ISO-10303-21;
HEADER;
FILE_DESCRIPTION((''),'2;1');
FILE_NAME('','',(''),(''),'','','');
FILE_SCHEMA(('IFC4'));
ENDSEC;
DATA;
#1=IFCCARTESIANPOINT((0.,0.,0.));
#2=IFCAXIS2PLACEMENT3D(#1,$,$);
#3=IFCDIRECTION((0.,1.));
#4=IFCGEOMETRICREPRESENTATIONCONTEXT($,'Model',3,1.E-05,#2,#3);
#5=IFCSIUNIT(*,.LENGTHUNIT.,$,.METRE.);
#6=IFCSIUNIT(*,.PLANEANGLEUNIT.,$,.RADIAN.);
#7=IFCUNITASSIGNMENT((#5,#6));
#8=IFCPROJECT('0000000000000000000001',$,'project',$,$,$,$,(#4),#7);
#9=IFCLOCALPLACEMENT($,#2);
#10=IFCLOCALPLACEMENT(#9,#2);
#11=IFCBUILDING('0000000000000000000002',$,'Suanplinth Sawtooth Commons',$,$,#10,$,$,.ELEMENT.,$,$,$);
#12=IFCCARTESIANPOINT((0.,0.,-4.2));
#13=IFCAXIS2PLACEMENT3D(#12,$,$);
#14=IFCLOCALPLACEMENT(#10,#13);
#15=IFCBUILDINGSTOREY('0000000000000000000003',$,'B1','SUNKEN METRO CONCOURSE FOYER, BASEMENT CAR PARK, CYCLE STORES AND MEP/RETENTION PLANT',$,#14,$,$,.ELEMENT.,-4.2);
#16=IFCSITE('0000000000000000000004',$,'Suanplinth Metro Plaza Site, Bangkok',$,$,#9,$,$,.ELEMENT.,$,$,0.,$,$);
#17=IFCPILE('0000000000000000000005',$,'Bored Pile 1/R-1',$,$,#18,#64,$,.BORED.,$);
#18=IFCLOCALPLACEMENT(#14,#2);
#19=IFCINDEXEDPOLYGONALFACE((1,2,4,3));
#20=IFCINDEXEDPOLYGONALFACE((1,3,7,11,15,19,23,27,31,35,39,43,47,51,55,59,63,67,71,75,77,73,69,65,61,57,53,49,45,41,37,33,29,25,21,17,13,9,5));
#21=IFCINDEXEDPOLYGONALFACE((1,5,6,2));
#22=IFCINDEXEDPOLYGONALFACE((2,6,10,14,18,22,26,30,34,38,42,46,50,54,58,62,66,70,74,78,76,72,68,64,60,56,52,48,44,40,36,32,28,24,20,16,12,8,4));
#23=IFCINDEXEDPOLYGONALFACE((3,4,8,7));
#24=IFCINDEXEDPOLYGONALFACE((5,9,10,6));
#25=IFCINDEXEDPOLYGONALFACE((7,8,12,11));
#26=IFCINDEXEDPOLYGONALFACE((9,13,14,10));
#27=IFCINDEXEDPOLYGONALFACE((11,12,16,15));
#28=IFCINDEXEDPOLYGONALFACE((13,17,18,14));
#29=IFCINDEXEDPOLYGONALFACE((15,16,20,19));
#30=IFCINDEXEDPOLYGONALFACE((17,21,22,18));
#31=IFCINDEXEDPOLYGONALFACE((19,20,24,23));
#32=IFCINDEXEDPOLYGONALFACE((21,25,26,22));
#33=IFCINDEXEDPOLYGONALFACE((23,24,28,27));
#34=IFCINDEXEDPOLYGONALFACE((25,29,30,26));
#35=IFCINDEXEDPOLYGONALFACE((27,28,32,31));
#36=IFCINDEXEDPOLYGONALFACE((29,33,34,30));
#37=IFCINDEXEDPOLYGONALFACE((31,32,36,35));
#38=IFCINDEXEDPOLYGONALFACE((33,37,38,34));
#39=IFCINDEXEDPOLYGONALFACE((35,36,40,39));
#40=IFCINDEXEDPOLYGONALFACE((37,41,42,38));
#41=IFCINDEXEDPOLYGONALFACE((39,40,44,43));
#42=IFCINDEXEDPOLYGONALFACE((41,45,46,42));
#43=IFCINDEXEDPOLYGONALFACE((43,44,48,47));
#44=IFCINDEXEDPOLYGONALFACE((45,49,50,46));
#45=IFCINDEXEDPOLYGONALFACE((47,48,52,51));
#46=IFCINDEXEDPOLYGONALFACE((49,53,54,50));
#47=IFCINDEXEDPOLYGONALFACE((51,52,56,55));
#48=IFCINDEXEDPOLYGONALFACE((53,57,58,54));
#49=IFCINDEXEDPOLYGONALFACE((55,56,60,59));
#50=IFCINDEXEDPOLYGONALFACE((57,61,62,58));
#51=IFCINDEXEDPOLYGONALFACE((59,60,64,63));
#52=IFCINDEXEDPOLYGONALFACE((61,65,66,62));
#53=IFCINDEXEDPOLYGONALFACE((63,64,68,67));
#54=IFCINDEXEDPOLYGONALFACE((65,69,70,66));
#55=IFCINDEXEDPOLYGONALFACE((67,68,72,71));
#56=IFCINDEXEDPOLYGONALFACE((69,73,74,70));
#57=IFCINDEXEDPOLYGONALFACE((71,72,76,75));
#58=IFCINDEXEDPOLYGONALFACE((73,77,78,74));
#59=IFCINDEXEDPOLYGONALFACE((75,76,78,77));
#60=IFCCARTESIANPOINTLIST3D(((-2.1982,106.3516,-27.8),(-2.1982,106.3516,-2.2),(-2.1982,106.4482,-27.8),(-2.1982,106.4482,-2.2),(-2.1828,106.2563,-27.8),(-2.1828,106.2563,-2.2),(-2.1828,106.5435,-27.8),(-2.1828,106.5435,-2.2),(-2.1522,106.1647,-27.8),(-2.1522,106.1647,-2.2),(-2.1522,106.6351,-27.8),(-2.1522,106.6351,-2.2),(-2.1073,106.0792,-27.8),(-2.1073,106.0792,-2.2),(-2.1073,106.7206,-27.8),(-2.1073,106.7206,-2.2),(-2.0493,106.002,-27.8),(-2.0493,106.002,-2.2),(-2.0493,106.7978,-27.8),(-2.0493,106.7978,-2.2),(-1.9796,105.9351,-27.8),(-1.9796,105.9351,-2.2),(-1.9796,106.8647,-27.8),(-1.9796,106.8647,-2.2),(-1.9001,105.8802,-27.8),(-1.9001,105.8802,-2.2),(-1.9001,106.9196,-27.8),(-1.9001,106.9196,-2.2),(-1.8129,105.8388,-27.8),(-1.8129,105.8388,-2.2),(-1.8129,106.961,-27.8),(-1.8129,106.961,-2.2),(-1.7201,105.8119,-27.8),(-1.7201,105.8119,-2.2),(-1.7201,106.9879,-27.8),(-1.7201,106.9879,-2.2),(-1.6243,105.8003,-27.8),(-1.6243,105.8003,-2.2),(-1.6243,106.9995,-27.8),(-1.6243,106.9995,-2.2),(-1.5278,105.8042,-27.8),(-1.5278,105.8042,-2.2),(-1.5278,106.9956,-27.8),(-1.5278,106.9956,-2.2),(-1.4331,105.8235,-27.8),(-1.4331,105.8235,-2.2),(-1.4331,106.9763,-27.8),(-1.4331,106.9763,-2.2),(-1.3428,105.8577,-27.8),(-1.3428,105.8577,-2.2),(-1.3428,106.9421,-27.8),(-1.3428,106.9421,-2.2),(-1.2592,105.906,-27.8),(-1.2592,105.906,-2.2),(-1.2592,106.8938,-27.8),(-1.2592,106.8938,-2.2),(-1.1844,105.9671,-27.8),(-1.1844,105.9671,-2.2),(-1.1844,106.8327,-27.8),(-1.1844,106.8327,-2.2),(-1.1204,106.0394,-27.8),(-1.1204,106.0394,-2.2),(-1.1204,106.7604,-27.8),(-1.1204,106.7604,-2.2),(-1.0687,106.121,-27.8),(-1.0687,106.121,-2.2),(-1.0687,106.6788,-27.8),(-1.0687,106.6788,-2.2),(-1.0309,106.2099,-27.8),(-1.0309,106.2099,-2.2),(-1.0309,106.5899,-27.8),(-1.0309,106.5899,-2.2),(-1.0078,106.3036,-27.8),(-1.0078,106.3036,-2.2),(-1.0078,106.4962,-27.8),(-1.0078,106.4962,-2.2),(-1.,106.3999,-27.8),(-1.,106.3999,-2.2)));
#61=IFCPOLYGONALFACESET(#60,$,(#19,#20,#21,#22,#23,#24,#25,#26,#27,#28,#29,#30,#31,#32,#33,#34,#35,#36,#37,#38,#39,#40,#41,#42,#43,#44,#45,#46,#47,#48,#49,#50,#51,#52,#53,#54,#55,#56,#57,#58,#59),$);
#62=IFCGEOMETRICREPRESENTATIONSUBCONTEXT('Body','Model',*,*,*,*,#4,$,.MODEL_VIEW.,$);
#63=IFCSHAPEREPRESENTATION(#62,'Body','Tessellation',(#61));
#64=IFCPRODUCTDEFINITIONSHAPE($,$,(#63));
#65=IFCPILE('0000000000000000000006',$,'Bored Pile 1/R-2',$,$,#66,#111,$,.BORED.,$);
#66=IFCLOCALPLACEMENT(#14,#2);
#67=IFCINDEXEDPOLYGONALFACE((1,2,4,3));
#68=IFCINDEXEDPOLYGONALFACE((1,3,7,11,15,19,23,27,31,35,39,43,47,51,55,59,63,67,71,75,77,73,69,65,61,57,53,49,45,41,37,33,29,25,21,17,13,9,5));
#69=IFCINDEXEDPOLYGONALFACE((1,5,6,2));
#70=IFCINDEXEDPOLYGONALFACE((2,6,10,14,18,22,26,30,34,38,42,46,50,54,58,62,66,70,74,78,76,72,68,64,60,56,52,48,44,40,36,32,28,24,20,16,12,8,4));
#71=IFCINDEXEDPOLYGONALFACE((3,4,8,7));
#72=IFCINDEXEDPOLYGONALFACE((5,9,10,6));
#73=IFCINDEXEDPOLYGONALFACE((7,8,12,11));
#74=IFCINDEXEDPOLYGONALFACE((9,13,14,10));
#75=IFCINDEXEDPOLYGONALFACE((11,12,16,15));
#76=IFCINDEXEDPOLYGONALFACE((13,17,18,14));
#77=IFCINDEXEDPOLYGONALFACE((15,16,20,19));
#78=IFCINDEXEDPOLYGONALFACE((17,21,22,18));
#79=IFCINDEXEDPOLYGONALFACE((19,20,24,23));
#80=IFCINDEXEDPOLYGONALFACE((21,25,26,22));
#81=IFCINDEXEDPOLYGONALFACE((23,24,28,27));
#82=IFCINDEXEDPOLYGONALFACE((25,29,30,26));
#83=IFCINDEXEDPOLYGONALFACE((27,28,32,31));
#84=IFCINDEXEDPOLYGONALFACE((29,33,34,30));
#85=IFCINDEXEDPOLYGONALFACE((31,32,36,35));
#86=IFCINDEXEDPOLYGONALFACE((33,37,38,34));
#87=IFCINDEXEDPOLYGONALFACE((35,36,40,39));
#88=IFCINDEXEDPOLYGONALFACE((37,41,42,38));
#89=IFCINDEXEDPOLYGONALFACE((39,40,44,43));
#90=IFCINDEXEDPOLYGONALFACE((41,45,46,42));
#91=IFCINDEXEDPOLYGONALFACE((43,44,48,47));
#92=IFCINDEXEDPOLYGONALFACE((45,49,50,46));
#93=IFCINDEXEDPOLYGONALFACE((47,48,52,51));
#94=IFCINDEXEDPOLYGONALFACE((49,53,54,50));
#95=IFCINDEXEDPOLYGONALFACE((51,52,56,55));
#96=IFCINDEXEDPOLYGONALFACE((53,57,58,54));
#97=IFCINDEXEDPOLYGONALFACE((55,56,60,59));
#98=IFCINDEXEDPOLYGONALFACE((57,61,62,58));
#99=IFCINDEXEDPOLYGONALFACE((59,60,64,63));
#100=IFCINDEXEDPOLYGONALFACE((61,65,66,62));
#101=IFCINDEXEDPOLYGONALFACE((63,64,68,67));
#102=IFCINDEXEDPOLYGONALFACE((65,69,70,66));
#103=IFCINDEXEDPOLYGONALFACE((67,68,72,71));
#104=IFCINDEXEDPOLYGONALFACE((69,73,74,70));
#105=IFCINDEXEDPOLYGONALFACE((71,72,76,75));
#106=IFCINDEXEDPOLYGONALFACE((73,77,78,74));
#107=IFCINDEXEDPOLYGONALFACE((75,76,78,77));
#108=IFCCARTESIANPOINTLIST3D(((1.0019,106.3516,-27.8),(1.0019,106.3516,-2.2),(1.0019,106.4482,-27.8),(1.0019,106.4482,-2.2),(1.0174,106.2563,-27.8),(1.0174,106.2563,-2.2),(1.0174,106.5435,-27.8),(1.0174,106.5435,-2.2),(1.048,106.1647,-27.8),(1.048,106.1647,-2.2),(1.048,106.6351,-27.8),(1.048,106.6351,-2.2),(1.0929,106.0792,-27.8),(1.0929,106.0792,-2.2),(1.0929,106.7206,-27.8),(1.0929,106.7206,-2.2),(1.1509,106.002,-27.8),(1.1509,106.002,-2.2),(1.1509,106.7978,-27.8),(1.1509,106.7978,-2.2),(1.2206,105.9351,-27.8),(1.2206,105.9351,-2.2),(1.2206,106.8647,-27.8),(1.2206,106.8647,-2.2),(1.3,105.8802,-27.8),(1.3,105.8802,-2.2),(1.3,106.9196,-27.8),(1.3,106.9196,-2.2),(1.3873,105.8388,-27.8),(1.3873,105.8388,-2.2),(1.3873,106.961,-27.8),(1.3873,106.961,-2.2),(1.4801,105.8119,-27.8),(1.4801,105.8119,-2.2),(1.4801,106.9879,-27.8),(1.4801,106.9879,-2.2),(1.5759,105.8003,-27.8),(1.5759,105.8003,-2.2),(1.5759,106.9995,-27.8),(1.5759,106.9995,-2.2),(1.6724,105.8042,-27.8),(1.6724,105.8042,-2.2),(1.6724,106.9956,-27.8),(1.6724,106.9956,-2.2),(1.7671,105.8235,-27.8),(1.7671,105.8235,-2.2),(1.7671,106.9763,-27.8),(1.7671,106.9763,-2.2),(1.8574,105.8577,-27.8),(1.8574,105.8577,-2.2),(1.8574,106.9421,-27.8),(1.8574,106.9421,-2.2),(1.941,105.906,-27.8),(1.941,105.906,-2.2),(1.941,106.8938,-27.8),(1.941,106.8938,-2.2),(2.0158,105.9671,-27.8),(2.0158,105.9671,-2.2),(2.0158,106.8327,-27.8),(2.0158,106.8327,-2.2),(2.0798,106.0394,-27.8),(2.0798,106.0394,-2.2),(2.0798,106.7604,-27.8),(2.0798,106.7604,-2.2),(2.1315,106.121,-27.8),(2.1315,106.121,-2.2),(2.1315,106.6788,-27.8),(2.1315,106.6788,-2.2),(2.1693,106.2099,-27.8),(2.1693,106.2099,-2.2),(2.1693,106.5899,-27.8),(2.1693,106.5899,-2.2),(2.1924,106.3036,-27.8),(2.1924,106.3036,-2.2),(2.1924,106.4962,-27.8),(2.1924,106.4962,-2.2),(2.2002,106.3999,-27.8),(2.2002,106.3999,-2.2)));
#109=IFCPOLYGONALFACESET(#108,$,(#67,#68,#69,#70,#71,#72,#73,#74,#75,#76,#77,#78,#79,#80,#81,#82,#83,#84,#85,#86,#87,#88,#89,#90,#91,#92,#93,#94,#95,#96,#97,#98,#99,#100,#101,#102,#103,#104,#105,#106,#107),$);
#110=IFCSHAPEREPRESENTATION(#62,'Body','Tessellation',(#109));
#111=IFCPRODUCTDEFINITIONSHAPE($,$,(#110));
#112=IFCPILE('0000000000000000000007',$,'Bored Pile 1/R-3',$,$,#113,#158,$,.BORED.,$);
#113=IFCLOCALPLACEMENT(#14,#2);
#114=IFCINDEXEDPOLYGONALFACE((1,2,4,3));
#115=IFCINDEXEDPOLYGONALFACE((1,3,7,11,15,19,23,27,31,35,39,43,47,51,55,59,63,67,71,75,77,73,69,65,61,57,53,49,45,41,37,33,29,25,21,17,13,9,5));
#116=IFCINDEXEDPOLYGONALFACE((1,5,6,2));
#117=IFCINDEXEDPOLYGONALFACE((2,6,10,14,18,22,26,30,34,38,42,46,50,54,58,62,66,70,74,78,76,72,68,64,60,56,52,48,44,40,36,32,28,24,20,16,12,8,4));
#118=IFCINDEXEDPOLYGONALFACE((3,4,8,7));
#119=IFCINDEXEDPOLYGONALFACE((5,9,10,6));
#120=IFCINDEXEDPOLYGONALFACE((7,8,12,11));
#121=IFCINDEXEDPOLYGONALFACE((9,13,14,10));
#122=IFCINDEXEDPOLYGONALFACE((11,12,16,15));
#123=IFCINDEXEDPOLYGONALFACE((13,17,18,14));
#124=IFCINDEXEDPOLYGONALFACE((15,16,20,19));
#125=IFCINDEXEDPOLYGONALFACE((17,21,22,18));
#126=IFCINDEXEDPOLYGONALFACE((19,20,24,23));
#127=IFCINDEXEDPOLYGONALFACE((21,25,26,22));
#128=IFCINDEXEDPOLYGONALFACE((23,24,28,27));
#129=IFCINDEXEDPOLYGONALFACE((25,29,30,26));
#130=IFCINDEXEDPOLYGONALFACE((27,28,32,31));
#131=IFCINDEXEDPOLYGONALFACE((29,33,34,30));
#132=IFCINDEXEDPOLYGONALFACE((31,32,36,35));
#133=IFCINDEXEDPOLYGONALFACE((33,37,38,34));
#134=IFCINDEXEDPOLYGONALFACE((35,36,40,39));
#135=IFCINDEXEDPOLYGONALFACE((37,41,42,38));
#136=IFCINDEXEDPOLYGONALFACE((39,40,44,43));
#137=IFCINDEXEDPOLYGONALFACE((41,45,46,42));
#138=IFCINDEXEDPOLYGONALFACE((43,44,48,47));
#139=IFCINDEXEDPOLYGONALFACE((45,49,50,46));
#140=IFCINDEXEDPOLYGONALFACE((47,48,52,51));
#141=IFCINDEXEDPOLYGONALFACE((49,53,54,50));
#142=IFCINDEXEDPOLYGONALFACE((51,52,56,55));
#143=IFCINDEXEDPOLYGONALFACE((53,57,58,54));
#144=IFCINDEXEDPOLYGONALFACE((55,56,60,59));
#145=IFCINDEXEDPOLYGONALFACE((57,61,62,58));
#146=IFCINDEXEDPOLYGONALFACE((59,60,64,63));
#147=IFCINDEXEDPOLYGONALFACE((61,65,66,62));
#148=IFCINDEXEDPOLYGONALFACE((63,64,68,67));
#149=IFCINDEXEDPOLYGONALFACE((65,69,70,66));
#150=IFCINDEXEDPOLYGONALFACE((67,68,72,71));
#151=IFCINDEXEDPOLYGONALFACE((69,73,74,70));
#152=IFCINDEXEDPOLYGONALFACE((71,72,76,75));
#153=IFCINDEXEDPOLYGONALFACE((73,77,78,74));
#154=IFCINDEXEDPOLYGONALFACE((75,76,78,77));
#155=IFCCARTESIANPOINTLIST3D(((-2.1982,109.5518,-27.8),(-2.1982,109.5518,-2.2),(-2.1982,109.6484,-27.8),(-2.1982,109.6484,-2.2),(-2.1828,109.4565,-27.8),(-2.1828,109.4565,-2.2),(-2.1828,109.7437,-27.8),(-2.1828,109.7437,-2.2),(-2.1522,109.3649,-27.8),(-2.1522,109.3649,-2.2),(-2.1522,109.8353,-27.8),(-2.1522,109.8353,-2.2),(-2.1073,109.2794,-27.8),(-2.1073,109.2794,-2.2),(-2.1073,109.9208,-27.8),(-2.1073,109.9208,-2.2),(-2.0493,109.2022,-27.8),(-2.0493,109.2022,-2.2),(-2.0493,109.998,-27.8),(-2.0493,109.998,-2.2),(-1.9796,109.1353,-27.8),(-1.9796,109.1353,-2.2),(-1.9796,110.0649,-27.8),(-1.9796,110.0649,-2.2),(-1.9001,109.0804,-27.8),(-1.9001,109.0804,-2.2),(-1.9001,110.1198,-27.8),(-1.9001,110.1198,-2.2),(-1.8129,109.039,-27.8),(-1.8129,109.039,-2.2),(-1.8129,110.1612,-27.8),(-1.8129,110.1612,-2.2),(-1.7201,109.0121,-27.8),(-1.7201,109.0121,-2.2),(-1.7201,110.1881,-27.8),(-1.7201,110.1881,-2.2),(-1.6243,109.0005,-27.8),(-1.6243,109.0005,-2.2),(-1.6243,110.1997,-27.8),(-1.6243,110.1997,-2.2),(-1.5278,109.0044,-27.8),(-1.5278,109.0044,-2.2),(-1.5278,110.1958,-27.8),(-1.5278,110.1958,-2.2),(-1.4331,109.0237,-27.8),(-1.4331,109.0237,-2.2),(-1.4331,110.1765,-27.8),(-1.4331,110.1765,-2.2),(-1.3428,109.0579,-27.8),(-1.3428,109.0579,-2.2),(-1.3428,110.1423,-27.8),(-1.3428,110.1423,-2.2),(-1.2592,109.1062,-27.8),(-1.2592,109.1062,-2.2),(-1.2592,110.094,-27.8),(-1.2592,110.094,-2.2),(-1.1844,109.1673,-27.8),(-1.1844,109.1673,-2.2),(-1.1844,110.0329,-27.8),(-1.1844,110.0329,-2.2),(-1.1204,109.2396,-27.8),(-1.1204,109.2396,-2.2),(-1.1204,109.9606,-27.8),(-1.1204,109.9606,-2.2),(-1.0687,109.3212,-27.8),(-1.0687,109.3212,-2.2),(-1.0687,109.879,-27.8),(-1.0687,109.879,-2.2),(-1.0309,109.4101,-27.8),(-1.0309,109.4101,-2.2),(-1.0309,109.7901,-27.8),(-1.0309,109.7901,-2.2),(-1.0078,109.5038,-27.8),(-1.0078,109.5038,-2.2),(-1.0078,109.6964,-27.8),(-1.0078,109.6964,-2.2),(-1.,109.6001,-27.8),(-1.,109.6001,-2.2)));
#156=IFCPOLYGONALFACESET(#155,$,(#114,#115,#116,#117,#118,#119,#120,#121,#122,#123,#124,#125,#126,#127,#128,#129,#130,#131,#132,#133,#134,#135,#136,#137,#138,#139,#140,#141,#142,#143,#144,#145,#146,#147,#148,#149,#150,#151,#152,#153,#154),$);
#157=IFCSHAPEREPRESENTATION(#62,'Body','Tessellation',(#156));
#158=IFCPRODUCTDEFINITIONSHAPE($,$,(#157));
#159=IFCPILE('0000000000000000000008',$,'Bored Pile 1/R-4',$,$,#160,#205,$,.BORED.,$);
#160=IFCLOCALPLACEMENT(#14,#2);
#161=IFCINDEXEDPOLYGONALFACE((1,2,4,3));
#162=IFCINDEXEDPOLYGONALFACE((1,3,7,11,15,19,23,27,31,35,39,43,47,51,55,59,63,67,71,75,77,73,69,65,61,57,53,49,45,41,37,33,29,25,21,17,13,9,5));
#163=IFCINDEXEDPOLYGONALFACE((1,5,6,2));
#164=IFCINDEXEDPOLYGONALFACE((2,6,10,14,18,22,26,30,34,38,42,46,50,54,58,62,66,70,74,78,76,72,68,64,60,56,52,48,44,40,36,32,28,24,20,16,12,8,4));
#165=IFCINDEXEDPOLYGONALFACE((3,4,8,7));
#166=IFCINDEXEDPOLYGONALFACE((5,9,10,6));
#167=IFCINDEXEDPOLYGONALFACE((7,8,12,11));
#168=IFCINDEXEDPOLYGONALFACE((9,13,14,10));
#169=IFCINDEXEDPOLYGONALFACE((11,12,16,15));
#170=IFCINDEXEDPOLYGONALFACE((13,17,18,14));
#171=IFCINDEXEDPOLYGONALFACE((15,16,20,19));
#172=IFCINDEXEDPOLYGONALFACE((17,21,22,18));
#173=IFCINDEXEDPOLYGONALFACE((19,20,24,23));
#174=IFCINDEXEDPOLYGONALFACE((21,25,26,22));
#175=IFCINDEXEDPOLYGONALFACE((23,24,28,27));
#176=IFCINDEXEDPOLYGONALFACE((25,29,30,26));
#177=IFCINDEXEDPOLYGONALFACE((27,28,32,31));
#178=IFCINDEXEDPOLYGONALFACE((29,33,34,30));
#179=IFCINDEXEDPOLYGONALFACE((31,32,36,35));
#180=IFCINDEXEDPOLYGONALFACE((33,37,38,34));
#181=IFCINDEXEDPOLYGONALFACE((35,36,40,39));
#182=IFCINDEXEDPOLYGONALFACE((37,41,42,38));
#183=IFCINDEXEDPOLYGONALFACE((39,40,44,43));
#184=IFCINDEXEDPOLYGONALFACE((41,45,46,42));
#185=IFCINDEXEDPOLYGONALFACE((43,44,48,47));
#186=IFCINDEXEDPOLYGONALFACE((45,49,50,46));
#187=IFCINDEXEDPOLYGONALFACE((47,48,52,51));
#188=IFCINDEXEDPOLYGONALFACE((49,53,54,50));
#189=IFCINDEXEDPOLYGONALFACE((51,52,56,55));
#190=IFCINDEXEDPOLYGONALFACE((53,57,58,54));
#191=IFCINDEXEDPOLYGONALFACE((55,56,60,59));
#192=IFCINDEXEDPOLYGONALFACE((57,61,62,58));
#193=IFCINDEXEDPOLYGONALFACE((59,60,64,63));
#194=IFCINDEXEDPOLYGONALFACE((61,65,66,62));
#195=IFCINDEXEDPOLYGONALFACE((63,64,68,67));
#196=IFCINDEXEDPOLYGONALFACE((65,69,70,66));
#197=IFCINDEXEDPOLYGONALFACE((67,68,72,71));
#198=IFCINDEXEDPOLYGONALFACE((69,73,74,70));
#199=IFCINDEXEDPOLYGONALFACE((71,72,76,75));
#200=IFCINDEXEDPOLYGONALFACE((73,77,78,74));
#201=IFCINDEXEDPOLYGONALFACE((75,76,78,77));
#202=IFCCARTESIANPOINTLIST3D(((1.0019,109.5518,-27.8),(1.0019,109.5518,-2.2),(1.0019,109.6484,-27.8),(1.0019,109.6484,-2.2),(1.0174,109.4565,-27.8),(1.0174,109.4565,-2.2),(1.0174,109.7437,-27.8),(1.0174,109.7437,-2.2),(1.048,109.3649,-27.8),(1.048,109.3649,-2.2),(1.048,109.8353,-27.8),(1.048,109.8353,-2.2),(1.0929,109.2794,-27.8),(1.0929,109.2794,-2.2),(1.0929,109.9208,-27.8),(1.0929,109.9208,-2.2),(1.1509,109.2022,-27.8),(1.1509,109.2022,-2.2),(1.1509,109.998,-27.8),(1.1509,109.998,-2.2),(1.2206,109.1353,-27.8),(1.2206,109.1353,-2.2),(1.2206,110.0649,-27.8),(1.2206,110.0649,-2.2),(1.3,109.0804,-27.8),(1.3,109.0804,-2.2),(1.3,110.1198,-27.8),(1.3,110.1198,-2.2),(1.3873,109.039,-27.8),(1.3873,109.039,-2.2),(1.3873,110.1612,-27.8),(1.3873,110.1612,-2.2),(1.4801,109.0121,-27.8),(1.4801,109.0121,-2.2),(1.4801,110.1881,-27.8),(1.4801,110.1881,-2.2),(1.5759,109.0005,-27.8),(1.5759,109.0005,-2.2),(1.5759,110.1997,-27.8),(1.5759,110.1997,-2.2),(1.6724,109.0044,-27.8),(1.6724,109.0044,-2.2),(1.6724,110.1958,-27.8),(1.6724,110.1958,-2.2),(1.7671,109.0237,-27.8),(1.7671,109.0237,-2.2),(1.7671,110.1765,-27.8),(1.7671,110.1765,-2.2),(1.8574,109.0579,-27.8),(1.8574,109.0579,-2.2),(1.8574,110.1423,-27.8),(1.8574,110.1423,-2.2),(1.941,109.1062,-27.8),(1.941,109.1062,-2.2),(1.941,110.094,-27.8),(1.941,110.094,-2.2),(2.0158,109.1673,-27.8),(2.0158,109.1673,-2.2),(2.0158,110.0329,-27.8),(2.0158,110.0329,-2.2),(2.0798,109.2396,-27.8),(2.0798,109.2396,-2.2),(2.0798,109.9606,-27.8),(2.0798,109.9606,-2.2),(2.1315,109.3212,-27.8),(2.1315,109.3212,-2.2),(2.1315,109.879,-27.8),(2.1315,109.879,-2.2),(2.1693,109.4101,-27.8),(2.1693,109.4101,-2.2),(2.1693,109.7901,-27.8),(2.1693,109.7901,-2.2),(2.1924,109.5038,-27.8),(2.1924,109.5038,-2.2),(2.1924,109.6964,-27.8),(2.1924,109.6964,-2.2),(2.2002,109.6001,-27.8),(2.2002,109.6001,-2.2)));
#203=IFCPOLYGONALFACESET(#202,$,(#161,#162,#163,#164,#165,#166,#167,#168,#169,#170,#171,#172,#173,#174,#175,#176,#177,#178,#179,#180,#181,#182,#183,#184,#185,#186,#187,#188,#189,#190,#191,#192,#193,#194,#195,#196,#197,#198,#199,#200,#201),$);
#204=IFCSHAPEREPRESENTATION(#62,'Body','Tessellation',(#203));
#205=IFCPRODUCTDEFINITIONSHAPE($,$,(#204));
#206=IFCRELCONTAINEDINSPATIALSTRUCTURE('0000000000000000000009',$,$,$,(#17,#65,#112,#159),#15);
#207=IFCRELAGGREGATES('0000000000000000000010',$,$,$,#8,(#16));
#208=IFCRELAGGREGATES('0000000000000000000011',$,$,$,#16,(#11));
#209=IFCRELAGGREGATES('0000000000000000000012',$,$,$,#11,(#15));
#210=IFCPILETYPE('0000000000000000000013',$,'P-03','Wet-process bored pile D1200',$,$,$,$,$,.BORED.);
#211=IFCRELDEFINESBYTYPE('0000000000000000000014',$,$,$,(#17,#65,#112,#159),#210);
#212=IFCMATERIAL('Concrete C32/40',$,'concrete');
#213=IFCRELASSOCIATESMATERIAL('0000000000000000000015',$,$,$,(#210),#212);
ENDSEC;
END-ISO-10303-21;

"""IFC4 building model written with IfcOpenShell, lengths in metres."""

from ifc_helpers import new_model, si_unit, direction, frame, origin, origin_2d, place, context, subcontext, project, spatial, circle, extrude, material, material_profile, profile_set, type_object, element, save


model = new_model("IFC4")

# Units and contexts
model_context = context("Model", 3, precision=1e-05, world=origin(), true_north=direction((0.0, 1.0)))
body_context = subcontext(model_context, "Body", "Model", "MODEL_VIEW")
ifc_project = project(units=[si_unit("LENGTHUNIT", "METRE"), si_unit("PLANEANGLEUNIT", "RADIAN")], contexts=[model_context])

# Site, building, storey
site_placement = place(None, origin())
site = spatial("IfcSite", under=ifc_project, at=site_placement, Name="Suanplinth Metro Plaza Site, Bangkok", CompositionType="ELEMENT", RefElevation=0.0)
building_placement = place(site_placement, origin())
building = spatial("IfcBuilding", under=site, at=building_placement, Name="Suanplinth Sawtooth Commons", CompositionType="ELEMENT")
storey_placement = place(building_placement, frame((0.0, 0.0, -4.2)))
storey = spatial("IfcBuildingStorey", under=building, at=storey_placement, Name="B1", Description="SUNKEN METRO CONCOURSE FOYER, BASEMENT CAR PARK, CYCLE STORES AND MEP/RETENTION PLANT", CompositionType="ELEMENT", Elevation=-4.2)

# Piles
ifc_material_1 = material(Name="Concrete C32/40", Category="concrete")
ifc_material_profile_1 = material_profile(ifc_material_1, circle(Radius=0.6001, at=origin_2d()), Name="PILE D1200")
ifc_profile_set_1 = profile_set([ifc_material_profile_1], Name="Concrete C32/40")
pile_type = type_object("IfcPileType", Name="P-03", Description="Wet-process bored pile D1200", PredefinedType="BORED", material=ifc_profile_set_1)
for number, where, z_axis, x_axis, name in (
    (1, (-1.6001, 106.3999, -2.2), (0.0, 0.0, -1.0), (1.0, 0.0, 0.0), "Bored Pile 1/R-1"),
    (2, (1.6001, 106.3999, -2.2), (0.0, 0.0, -1.0), (1.0, 0.0, 0.0), "Bored Pile 1/R-2"),
    (3, (-1.6001, 109.6001, -2.2), (0.0, 0.0, -1.0), (1.0, 0.0, 0.0), "Bored Pile 1/R-3"),
    (4, (1.6001, 109.6001, -2.2), (0.0, 0.0, -1.0), (1.0, 0.0, 0.0), "Bored Pile 1/R-4"),
):
    element("IfcPile", number, at=place(storey_placement, frame(where, z_axis=z_axis, x_axis=x_axis)), inside=storey, type_object=pile_type, Name=name, PredefinedType="BORED", context=body_context, shape_type="SweptSolid", body=[
        extrude(circle(Radius=0.6001, at=origin_2d()), origin(), (0.0, 0.0, 1.0), 25.6001),
    ])

save(model, "model.ifc")
